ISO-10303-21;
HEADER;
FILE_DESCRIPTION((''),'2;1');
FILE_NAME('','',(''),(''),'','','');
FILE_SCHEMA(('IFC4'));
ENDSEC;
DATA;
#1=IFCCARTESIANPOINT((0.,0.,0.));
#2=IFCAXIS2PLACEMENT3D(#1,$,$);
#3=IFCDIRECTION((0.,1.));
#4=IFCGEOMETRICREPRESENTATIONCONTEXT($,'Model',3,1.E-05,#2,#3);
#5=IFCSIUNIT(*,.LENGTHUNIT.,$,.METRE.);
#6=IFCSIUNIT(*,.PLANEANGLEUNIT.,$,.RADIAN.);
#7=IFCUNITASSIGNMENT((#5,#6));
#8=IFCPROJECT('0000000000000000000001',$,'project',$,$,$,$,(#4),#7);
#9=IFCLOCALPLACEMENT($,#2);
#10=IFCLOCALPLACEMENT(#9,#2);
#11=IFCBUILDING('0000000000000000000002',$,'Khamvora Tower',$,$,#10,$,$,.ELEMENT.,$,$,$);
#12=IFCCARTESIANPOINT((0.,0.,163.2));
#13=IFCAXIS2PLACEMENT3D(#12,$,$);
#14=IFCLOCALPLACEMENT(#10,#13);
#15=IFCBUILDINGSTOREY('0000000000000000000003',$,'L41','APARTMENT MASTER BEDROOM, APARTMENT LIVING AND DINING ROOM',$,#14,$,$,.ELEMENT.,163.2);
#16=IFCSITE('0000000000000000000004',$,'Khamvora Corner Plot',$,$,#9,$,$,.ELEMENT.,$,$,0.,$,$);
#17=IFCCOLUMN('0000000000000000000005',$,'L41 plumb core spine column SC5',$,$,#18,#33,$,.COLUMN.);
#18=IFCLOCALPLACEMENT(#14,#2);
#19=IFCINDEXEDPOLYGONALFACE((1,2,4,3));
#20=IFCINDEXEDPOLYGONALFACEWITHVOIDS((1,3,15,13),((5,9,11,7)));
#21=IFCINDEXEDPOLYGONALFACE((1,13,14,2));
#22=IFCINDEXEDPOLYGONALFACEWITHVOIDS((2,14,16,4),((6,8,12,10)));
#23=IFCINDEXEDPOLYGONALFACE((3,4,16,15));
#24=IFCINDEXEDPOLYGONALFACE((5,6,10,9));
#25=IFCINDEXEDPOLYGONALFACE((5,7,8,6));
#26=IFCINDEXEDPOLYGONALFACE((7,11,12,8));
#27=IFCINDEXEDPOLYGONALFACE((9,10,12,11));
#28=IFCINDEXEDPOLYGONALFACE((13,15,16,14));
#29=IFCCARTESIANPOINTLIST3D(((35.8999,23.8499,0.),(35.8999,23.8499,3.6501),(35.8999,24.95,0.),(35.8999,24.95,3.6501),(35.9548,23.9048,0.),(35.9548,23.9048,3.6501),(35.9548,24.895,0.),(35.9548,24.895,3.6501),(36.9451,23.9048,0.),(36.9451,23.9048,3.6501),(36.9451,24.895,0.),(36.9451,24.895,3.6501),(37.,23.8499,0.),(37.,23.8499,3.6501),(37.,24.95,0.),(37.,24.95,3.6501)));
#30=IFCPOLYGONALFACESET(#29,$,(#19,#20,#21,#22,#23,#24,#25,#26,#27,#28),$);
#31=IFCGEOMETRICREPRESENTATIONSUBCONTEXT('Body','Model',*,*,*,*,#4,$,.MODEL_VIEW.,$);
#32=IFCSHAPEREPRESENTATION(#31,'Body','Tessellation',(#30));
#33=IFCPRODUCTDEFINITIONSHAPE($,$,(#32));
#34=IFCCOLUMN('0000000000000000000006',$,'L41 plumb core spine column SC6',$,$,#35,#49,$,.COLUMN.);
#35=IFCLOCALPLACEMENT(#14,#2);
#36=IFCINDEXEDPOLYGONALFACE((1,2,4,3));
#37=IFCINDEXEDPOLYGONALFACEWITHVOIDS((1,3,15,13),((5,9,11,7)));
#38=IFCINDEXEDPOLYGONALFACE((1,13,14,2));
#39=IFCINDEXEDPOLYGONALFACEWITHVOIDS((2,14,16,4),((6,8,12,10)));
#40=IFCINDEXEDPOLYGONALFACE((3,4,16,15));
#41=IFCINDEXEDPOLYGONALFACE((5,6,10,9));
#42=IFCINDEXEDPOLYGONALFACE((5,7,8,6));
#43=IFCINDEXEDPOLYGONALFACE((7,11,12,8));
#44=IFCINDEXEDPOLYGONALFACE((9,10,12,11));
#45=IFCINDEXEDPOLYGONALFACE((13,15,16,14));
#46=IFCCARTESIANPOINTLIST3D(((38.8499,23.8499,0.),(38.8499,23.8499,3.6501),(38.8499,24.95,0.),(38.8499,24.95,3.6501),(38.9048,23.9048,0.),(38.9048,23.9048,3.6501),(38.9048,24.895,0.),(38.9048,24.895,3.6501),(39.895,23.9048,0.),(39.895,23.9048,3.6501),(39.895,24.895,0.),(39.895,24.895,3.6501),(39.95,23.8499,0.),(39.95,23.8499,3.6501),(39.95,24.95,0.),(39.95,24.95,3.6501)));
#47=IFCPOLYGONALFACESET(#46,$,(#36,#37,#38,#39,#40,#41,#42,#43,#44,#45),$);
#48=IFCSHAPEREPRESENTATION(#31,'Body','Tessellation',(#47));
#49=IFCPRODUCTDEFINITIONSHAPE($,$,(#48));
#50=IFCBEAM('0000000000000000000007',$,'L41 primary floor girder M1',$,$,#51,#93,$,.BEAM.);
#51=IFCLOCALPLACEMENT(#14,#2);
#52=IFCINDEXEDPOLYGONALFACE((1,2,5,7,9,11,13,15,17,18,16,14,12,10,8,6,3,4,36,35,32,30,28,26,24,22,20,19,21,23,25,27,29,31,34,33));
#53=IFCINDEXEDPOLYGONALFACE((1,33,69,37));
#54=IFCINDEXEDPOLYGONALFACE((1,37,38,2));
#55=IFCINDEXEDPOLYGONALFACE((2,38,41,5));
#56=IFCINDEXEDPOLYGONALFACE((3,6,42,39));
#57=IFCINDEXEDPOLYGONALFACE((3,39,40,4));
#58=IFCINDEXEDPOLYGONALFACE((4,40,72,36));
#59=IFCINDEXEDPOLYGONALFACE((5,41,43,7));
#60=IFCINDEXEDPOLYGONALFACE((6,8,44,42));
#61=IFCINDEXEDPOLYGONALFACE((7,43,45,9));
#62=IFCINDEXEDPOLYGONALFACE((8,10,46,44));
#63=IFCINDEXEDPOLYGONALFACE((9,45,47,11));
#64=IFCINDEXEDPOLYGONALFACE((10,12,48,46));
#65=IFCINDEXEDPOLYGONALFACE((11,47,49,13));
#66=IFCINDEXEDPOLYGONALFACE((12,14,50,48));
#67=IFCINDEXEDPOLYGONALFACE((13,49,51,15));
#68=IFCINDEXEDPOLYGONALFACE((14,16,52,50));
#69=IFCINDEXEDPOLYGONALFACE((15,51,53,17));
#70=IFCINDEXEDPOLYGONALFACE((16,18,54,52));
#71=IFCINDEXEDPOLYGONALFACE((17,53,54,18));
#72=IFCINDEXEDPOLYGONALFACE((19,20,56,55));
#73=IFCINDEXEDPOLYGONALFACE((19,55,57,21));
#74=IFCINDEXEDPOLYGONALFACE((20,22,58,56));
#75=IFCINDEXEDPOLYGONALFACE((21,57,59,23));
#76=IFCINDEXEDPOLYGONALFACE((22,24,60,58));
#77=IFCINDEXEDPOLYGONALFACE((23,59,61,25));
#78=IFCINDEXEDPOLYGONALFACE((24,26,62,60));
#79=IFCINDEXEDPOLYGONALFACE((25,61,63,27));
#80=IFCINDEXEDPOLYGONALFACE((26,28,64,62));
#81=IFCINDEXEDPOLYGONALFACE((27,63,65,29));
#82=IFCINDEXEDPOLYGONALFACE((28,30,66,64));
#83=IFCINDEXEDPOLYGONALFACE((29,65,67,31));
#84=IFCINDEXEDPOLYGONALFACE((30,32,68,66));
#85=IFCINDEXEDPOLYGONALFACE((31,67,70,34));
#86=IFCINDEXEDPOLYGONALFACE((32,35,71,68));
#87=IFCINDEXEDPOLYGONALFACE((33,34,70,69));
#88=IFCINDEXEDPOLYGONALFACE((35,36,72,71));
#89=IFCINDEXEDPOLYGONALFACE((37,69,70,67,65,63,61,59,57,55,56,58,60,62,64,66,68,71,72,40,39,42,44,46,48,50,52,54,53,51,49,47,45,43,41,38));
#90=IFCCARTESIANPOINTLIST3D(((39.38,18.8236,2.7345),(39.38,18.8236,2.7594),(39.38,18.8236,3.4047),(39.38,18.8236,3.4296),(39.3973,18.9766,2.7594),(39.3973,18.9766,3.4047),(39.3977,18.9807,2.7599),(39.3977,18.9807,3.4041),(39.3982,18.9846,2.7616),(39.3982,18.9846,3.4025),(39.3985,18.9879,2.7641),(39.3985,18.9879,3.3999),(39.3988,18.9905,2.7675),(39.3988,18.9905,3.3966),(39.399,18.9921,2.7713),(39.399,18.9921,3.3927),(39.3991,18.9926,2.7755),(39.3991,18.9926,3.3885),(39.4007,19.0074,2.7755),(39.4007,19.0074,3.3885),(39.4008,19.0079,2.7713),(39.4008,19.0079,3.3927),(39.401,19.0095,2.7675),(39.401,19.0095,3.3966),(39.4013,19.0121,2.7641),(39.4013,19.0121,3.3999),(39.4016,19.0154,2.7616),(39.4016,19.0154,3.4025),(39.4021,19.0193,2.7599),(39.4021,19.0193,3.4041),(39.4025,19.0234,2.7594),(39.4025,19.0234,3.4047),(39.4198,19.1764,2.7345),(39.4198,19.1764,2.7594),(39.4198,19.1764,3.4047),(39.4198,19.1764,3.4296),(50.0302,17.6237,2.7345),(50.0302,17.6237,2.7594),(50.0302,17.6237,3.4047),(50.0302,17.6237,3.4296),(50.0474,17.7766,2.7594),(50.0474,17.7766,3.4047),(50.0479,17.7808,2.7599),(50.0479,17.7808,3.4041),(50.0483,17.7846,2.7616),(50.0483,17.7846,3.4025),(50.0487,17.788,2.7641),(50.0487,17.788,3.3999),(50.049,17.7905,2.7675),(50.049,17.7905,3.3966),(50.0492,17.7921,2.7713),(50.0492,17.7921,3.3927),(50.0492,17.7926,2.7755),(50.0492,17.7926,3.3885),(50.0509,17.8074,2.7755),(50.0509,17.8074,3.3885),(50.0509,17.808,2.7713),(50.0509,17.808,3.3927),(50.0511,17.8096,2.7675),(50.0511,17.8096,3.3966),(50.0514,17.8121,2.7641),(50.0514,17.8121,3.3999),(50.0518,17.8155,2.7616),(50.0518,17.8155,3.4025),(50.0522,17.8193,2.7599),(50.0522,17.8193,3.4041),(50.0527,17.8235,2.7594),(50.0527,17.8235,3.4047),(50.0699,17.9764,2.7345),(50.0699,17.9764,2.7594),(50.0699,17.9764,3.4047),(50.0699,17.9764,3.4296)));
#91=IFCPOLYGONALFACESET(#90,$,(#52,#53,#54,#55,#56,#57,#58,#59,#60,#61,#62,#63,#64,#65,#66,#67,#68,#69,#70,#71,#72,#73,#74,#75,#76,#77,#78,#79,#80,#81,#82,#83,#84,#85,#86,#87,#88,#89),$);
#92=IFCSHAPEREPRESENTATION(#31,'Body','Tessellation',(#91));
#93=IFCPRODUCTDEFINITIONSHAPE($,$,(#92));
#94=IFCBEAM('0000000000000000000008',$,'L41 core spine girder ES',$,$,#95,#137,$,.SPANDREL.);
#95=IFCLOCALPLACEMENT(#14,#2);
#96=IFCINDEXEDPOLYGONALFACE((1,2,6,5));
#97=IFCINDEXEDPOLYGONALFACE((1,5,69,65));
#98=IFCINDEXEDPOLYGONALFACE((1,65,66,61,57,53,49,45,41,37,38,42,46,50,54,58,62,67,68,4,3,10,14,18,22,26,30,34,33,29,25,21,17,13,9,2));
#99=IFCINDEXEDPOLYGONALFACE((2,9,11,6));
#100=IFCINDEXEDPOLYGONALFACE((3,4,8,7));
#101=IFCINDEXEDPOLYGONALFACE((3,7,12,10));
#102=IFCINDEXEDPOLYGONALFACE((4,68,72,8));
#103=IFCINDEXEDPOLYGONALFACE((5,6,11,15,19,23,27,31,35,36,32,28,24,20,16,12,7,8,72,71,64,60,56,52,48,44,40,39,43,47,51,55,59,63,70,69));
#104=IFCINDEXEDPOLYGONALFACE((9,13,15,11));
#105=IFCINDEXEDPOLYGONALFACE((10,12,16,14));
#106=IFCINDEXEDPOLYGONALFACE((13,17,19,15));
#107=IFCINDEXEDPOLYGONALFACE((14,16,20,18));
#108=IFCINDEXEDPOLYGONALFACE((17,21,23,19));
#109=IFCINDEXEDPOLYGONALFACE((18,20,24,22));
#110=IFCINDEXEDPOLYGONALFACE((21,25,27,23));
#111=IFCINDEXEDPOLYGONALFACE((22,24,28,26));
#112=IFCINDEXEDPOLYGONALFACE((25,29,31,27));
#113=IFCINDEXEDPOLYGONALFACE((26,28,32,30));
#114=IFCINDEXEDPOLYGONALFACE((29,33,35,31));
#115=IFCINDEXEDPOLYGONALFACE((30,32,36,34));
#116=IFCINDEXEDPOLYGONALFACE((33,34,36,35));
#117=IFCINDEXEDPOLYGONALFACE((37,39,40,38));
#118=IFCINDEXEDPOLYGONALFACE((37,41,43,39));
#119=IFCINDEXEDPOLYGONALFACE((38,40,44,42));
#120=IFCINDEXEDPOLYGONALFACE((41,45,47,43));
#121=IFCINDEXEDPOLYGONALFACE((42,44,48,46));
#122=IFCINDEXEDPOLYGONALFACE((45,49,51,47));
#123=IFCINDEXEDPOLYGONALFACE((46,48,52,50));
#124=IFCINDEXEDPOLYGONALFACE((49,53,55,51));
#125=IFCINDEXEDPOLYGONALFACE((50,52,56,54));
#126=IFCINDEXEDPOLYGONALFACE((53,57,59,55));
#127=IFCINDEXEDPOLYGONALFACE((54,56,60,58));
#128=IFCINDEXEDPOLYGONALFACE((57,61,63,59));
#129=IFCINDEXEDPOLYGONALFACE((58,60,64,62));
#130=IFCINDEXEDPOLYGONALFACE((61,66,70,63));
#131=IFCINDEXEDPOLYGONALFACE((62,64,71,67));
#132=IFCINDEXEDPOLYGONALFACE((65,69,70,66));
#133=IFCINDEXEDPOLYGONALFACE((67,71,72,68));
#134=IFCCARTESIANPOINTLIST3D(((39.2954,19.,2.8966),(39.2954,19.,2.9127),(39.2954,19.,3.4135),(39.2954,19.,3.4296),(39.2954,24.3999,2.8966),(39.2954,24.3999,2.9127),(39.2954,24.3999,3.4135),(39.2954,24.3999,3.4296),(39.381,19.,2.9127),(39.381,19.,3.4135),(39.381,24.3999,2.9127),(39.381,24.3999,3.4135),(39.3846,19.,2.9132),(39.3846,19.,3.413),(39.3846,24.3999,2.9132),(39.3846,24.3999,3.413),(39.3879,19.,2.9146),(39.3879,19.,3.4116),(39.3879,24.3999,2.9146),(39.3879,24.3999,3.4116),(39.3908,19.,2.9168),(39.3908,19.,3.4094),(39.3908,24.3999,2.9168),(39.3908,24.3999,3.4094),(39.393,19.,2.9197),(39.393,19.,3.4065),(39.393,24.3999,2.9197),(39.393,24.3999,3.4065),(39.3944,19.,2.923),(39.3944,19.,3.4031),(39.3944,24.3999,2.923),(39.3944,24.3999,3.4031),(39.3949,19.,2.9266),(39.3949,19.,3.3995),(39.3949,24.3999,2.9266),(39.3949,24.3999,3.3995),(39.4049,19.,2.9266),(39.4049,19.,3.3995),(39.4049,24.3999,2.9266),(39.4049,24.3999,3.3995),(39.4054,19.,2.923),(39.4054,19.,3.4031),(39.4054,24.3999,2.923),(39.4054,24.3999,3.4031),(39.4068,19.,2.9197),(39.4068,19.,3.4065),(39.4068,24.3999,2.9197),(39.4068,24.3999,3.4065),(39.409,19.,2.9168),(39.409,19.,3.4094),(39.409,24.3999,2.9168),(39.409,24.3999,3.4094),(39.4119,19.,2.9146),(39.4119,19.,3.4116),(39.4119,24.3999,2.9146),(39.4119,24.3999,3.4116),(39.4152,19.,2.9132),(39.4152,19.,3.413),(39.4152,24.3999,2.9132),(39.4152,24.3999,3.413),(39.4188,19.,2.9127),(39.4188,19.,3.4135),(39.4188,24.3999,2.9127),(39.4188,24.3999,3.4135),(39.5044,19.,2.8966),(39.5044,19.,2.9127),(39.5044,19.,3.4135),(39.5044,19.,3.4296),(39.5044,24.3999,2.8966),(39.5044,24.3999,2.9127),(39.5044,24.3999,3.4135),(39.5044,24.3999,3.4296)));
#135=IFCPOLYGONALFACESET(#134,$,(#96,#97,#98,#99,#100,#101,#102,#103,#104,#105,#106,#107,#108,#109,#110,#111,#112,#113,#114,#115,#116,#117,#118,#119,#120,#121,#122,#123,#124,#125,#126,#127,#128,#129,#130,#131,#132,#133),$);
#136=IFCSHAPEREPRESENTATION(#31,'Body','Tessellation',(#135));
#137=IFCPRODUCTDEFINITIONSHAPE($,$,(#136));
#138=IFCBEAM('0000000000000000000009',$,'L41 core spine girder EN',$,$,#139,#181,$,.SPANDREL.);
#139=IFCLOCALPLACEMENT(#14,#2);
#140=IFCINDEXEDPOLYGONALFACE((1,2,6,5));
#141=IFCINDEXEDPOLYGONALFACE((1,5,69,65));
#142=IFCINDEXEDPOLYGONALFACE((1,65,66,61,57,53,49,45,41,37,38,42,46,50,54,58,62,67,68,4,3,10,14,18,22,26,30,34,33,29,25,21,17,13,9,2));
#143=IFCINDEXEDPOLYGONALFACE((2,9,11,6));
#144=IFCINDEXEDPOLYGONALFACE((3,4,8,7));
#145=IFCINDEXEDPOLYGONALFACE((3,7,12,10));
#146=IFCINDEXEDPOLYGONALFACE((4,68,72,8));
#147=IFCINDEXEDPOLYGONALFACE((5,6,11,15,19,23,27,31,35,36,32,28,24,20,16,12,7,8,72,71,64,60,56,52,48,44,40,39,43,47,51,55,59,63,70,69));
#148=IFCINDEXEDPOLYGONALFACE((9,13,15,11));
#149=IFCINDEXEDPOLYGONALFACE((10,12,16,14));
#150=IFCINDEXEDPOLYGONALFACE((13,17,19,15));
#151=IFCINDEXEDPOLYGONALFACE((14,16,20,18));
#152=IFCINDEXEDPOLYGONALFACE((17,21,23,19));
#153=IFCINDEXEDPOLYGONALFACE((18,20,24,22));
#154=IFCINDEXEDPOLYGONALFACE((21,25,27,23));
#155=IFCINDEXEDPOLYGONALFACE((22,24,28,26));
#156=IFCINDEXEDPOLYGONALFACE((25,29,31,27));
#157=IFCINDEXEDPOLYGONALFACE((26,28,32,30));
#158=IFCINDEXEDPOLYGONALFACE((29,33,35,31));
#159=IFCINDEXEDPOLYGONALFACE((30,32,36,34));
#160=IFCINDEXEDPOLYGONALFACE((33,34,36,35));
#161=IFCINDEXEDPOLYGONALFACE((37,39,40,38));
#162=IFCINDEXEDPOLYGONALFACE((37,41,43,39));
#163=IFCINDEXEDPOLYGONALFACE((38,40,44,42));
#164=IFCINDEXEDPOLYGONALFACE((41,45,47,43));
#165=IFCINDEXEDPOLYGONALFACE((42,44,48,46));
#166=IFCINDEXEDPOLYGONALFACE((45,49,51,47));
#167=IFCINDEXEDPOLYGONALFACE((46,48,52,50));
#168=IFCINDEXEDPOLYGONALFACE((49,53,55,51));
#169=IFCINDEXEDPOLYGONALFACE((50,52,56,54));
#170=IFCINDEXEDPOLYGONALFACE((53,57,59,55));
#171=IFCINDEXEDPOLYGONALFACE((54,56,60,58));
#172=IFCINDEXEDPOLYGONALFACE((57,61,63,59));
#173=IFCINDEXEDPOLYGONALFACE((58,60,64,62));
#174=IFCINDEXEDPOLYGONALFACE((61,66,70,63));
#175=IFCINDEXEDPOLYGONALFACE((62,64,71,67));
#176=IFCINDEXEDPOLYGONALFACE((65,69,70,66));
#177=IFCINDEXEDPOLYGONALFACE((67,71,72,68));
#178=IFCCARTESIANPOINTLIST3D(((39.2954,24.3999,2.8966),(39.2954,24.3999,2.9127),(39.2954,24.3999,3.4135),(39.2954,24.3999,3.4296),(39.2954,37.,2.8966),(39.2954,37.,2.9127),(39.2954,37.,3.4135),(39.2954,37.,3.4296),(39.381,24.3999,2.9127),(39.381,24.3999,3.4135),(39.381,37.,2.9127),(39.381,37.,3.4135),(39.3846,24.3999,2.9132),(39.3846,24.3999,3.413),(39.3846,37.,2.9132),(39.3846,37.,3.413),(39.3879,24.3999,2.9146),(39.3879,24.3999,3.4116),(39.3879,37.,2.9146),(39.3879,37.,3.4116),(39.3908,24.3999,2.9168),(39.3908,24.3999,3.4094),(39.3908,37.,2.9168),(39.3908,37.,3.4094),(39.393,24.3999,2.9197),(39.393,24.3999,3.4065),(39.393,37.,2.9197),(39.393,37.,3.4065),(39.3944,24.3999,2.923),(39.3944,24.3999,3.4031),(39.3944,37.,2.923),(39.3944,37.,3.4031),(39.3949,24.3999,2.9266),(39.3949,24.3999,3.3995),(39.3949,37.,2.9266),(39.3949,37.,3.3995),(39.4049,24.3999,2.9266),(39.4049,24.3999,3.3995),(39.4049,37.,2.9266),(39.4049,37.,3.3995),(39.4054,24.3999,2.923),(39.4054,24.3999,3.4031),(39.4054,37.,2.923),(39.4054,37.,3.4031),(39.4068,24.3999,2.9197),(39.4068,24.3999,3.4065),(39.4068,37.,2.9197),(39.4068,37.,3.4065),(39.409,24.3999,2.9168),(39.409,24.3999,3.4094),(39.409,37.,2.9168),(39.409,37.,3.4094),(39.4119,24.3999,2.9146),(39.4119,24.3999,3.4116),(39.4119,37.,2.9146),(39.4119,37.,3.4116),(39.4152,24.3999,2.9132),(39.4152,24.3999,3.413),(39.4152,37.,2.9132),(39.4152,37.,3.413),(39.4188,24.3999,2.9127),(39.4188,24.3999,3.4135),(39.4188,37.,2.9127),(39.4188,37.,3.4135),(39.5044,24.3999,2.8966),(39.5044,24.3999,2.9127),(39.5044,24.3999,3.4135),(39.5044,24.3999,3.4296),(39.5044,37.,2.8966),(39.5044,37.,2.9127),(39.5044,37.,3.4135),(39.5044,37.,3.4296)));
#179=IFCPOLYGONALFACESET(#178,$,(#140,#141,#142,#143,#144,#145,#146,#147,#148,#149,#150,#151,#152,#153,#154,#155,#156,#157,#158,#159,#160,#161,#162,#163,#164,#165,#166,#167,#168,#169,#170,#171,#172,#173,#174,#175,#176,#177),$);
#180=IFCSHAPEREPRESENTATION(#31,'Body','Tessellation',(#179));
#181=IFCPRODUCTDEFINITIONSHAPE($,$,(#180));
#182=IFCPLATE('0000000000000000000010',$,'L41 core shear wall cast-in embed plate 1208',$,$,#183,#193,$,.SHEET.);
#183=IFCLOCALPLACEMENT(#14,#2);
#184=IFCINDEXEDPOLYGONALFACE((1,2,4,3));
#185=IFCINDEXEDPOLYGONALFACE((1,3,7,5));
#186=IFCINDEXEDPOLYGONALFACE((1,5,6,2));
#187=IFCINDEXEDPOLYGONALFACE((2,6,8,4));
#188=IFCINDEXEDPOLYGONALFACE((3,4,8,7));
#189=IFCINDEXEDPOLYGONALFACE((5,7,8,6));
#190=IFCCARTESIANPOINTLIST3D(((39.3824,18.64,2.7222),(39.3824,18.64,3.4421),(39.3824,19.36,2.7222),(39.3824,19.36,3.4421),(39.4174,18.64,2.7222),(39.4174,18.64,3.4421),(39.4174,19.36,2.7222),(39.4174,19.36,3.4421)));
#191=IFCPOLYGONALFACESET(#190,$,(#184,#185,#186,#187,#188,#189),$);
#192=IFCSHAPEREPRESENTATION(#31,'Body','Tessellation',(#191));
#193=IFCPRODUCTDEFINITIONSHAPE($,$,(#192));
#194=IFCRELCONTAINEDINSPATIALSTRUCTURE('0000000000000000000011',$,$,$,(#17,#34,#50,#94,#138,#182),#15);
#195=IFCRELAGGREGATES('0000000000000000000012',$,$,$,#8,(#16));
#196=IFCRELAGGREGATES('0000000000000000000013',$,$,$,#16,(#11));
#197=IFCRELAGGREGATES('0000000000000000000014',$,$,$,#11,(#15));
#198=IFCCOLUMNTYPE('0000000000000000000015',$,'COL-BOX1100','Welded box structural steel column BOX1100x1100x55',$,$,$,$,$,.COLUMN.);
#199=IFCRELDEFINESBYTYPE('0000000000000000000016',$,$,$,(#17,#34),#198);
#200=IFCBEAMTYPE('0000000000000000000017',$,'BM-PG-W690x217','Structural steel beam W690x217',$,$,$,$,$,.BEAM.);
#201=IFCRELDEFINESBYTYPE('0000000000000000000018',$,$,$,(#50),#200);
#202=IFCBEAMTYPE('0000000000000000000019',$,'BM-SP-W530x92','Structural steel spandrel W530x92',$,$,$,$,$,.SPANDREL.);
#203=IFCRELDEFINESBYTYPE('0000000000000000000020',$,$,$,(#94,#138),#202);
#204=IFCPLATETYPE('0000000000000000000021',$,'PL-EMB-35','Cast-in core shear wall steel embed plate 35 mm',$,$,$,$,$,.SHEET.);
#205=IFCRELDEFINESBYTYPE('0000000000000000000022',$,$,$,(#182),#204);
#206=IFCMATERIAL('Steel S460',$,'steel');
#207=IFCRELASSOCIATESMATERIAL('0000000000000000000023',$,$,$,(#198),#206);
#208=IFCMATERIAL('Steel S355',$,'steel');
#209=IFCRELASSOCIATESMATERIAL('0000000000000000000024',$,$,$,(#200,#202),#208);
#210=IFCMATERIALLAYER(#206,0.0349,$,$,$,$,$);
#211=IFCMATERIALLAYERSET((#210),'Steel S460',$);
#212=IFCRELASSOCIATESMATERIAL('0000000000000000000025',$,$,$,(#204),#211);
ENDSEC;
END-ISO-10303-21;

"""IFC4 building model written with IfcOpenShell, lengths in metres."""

from ifc_helpers import new_model, si_unit, direction, frame, origin, origin_2d, place, context, subcontext, project, spatial, rectangle, hollow_rectangle, i_section, extrude, material, layer, layer_set, material_profile, profile_set, type_object, element, save


model = new_model("IFC4")

# Units and contexts
model_context = context("Model", 3, precision=1e-05, world=origin(), true_north=direction((0.0, 1.0)))
body_context = subcontext(model_context, "Body", "Model", "MODEL_VIEW")
ifc_project = project(units=[si_unit("LENGTHUNIT", "METRE"), si_unit("PLANEANGLEUNIT", "RADIAN")], contexts=[model_context])

# Site, building, storey
site_placement = place(None, origin())
site = spatial("IfcSite", under=ifc_project, at=site_placement, Name="Khamvora Corner Plot", CompositionType="ELEMENT", RefElevation=0.0)
building_placement = place(site_placement, origin())
building = spatial("IfcBuilding", under=site, at=building_placement, Name="Khamvora Tower", CompositionType="ELEMENT")
storey_placement = place(building_placement, frame((0.0, 0.0, 163.2)))
storey = spatial("IfcBuildingStorey", under=building, at=storey_placement, Name="L41", Description="APARTMENT MASTER BEDROOM, APARTMENT LIVING AND DINING ROOM", CompositionType="ELEMENT", Elevation=163.2)

# Columns
ifc_material_1 = material(Name="Steel S460", Category="steel")
ifc_material_profile_1 = material_profile(ifc_material_1, hollow_rectangle(XDim=1.1001, YDim=1.1001, WallThickness=0.0549, at=origin_2d()), Name="BOX1100x1100x55")
ifc_profile_set_1 = profile_set([ifc_material_profile_1], Name="Steel S460")
column_type = type_object("IfcColumnType", Name="COL-BOX1100", Description="Welded box structural steel column BOX1100x1100x55", PredefinedType="COLUMN", material=ifc_profile_set_1)
for number, where, z_axis, x_axis, name in (
    (1, (36.45, 24.3999, 0.0), (0.0, 0.0, 1.0), (1.0, 0.0, 0.0), "L41 plumb core spine column SC5"),
    (2, (39.3999, 24.3999, 0.0), (0.0, 0.0, 1.0), (1.0, 0.0, 0.0), "L41 plumb core spine column SC6"),
):
    element("IfcColumn", number, at=place(storey_placement, frame(where, z_axis=z_axis, x_axis=x_axis)), inside=storey, type_object=column_type, Name=name, PredefinedType="COLUMN", context=body_context, shape_type="SweptSolid", body=[
        extrude(hollow_rectangle(XDim=1.1001, YDim=1.1001, WallThickness=0.0549, at=origin_2d()), origin(), (0.0, 0.0, 1.0), 3.6501),
    ])

# Beams
ifc_material_2 = material(Name="Steel S355", Category="steel")
ifc_material_profile_2 = material_profile(ifc_material_2, i_section(OverallWidth=0.355, OverallDepth=0.6951, WebThickness=0.0149, FlangeThickness=0.0249, FilletRadius=0.0161, at=origin_2d()), Name="W690x217")
ifc_profile_set_2 = profile_set([ifc_material_profile_2], Name="Steel S355")
beam_type_1 = type_object("IfcBeamType", Name="BM-PG-W690x217", Description="Structural steel beam W690x217", PredefinedType="BEAM", material=ifc_profile_set_2)
beam_1_placement = place(storey_placement, frame((39.3999, 19.0, 3.082), z_axis=(0.993713, -0.111962, 0.0), x_axis=(0.111962, 0.993713, 0.0)))
element("IfcBeam", 3, at=beam_1_placement, inside=storey, type_object=beam_type_1, Name="L41 primary floor girder M1", PredefinedType="BEAM", context=body_context, shape_type="SweptSolid", body=[
    extrude(i_section(OverallWidth=0.355, OverallDepth=0.6951, WebThickness=0.0149, FlangeThickness=0.0249, FilletRadius=0.0161, at=origin_2d()), origin(), (0.0, 0.0, 1.0), 10.7175),
])
ifc_material_profile_3 = material_profile(ifc_material_2, i_section(OverallWidth=0.209, OverallDepth=0.533, WebThickness=0.01, FlangeThickness=0.0161, FilletRadius=0.0139, at=origin_2d()), Name="W530x92")
ifc_profile_set_3 = profile_set([ifc_material_profile_3], Name="Steel S355")
beam_type_2 = type_object("IfcBeamType", Name="BM-SP-W530x92", Description="Structural steel spandrel W530x92", PredefinedType="SPANDREL", material=ifc_profile_set_3)
beam_2_placement = place(storey_placement, frame((39.3999, 19.0, 3.1631), z_axis=(0.0, 1.0, 0.0), x_axis=(-1.0, 0.0, 0.0)))
element("IfcBeam", 4, at=beam_2_placement, inside=storey, type_object=beam_type_2, Name="L41 core spine girder ES", PredefinedType="SPANDREL", context=body_context, shape_type="SweptSolid", body=[
    extrude(i_section(OverallWidth=0.209, OverallDepth=0.533, WebThickness=0.01, FlangeThickness=0.0161, FilletRadius=0.0139, at=origin_2d()), origin(), (0.0, 0.0, 1.0), 5.3999),
])
beam_3_placement = place(storey_placement, frame((39.3999, 24.3999, 3.1631), z_axis=(0.0, 1.0, 0.0), x_axis=(-1.0, 0.0, 0.0)))
element("IfcBeam", 5, at=beam_3_placement, inside=storey, type_object=beam_type_2, Name="L41 core spine girder EN", PredefinedType="SPANDREL", context=body_context, shape_type="SweptSolid", body=[
    extrude(i_section(OverallWidth=0.209, OverallDepth=0.533, WebThickness=0.01, FlangeThickness=0.0161, FilletRadius=0.0139, at=origin_2d()), origin(), (0.0, 0.0, 1.0), 12.6001),
])

# Plate
ifc_layer_1 = layer(ifc_material_1, 0.0349)
ifc_layer_set_1 = layer_set([ifc_layer_1], Name="Steel S460")
plate_type = type_object("IfcPlateType", Name="PL-EMB-35", Description="Cast-in core shear wall steel embed plate 35 mm", PredefinedType="SHEET", material=ifc_layer_set_1)
for number, where, z_axis, x_axis, name in (
    (6, (39.3999, 19.0, 2.7222), (0.0, 0.0, 1.0), (1.0, 0.0, 0.0), "L41 core shear wall cast-in embed plate 1208"),
):
    element("IfcPlate", number, at=place(storey_placement, frame(where, z_axis=z_axis, x_axis=x_axis)), inside=storey, type_object=plate_type, Name=name, PredefinedType="SHEET", context=body_context, shape_type="SweptSolid", body=[
        extrude(rectangle(XDim=0.0349, YDim=0.72, at=origin_2d()), origin(), (0.0, 0.0, 1.0), 0.72),
    ])

save(model, "model.ifc")
